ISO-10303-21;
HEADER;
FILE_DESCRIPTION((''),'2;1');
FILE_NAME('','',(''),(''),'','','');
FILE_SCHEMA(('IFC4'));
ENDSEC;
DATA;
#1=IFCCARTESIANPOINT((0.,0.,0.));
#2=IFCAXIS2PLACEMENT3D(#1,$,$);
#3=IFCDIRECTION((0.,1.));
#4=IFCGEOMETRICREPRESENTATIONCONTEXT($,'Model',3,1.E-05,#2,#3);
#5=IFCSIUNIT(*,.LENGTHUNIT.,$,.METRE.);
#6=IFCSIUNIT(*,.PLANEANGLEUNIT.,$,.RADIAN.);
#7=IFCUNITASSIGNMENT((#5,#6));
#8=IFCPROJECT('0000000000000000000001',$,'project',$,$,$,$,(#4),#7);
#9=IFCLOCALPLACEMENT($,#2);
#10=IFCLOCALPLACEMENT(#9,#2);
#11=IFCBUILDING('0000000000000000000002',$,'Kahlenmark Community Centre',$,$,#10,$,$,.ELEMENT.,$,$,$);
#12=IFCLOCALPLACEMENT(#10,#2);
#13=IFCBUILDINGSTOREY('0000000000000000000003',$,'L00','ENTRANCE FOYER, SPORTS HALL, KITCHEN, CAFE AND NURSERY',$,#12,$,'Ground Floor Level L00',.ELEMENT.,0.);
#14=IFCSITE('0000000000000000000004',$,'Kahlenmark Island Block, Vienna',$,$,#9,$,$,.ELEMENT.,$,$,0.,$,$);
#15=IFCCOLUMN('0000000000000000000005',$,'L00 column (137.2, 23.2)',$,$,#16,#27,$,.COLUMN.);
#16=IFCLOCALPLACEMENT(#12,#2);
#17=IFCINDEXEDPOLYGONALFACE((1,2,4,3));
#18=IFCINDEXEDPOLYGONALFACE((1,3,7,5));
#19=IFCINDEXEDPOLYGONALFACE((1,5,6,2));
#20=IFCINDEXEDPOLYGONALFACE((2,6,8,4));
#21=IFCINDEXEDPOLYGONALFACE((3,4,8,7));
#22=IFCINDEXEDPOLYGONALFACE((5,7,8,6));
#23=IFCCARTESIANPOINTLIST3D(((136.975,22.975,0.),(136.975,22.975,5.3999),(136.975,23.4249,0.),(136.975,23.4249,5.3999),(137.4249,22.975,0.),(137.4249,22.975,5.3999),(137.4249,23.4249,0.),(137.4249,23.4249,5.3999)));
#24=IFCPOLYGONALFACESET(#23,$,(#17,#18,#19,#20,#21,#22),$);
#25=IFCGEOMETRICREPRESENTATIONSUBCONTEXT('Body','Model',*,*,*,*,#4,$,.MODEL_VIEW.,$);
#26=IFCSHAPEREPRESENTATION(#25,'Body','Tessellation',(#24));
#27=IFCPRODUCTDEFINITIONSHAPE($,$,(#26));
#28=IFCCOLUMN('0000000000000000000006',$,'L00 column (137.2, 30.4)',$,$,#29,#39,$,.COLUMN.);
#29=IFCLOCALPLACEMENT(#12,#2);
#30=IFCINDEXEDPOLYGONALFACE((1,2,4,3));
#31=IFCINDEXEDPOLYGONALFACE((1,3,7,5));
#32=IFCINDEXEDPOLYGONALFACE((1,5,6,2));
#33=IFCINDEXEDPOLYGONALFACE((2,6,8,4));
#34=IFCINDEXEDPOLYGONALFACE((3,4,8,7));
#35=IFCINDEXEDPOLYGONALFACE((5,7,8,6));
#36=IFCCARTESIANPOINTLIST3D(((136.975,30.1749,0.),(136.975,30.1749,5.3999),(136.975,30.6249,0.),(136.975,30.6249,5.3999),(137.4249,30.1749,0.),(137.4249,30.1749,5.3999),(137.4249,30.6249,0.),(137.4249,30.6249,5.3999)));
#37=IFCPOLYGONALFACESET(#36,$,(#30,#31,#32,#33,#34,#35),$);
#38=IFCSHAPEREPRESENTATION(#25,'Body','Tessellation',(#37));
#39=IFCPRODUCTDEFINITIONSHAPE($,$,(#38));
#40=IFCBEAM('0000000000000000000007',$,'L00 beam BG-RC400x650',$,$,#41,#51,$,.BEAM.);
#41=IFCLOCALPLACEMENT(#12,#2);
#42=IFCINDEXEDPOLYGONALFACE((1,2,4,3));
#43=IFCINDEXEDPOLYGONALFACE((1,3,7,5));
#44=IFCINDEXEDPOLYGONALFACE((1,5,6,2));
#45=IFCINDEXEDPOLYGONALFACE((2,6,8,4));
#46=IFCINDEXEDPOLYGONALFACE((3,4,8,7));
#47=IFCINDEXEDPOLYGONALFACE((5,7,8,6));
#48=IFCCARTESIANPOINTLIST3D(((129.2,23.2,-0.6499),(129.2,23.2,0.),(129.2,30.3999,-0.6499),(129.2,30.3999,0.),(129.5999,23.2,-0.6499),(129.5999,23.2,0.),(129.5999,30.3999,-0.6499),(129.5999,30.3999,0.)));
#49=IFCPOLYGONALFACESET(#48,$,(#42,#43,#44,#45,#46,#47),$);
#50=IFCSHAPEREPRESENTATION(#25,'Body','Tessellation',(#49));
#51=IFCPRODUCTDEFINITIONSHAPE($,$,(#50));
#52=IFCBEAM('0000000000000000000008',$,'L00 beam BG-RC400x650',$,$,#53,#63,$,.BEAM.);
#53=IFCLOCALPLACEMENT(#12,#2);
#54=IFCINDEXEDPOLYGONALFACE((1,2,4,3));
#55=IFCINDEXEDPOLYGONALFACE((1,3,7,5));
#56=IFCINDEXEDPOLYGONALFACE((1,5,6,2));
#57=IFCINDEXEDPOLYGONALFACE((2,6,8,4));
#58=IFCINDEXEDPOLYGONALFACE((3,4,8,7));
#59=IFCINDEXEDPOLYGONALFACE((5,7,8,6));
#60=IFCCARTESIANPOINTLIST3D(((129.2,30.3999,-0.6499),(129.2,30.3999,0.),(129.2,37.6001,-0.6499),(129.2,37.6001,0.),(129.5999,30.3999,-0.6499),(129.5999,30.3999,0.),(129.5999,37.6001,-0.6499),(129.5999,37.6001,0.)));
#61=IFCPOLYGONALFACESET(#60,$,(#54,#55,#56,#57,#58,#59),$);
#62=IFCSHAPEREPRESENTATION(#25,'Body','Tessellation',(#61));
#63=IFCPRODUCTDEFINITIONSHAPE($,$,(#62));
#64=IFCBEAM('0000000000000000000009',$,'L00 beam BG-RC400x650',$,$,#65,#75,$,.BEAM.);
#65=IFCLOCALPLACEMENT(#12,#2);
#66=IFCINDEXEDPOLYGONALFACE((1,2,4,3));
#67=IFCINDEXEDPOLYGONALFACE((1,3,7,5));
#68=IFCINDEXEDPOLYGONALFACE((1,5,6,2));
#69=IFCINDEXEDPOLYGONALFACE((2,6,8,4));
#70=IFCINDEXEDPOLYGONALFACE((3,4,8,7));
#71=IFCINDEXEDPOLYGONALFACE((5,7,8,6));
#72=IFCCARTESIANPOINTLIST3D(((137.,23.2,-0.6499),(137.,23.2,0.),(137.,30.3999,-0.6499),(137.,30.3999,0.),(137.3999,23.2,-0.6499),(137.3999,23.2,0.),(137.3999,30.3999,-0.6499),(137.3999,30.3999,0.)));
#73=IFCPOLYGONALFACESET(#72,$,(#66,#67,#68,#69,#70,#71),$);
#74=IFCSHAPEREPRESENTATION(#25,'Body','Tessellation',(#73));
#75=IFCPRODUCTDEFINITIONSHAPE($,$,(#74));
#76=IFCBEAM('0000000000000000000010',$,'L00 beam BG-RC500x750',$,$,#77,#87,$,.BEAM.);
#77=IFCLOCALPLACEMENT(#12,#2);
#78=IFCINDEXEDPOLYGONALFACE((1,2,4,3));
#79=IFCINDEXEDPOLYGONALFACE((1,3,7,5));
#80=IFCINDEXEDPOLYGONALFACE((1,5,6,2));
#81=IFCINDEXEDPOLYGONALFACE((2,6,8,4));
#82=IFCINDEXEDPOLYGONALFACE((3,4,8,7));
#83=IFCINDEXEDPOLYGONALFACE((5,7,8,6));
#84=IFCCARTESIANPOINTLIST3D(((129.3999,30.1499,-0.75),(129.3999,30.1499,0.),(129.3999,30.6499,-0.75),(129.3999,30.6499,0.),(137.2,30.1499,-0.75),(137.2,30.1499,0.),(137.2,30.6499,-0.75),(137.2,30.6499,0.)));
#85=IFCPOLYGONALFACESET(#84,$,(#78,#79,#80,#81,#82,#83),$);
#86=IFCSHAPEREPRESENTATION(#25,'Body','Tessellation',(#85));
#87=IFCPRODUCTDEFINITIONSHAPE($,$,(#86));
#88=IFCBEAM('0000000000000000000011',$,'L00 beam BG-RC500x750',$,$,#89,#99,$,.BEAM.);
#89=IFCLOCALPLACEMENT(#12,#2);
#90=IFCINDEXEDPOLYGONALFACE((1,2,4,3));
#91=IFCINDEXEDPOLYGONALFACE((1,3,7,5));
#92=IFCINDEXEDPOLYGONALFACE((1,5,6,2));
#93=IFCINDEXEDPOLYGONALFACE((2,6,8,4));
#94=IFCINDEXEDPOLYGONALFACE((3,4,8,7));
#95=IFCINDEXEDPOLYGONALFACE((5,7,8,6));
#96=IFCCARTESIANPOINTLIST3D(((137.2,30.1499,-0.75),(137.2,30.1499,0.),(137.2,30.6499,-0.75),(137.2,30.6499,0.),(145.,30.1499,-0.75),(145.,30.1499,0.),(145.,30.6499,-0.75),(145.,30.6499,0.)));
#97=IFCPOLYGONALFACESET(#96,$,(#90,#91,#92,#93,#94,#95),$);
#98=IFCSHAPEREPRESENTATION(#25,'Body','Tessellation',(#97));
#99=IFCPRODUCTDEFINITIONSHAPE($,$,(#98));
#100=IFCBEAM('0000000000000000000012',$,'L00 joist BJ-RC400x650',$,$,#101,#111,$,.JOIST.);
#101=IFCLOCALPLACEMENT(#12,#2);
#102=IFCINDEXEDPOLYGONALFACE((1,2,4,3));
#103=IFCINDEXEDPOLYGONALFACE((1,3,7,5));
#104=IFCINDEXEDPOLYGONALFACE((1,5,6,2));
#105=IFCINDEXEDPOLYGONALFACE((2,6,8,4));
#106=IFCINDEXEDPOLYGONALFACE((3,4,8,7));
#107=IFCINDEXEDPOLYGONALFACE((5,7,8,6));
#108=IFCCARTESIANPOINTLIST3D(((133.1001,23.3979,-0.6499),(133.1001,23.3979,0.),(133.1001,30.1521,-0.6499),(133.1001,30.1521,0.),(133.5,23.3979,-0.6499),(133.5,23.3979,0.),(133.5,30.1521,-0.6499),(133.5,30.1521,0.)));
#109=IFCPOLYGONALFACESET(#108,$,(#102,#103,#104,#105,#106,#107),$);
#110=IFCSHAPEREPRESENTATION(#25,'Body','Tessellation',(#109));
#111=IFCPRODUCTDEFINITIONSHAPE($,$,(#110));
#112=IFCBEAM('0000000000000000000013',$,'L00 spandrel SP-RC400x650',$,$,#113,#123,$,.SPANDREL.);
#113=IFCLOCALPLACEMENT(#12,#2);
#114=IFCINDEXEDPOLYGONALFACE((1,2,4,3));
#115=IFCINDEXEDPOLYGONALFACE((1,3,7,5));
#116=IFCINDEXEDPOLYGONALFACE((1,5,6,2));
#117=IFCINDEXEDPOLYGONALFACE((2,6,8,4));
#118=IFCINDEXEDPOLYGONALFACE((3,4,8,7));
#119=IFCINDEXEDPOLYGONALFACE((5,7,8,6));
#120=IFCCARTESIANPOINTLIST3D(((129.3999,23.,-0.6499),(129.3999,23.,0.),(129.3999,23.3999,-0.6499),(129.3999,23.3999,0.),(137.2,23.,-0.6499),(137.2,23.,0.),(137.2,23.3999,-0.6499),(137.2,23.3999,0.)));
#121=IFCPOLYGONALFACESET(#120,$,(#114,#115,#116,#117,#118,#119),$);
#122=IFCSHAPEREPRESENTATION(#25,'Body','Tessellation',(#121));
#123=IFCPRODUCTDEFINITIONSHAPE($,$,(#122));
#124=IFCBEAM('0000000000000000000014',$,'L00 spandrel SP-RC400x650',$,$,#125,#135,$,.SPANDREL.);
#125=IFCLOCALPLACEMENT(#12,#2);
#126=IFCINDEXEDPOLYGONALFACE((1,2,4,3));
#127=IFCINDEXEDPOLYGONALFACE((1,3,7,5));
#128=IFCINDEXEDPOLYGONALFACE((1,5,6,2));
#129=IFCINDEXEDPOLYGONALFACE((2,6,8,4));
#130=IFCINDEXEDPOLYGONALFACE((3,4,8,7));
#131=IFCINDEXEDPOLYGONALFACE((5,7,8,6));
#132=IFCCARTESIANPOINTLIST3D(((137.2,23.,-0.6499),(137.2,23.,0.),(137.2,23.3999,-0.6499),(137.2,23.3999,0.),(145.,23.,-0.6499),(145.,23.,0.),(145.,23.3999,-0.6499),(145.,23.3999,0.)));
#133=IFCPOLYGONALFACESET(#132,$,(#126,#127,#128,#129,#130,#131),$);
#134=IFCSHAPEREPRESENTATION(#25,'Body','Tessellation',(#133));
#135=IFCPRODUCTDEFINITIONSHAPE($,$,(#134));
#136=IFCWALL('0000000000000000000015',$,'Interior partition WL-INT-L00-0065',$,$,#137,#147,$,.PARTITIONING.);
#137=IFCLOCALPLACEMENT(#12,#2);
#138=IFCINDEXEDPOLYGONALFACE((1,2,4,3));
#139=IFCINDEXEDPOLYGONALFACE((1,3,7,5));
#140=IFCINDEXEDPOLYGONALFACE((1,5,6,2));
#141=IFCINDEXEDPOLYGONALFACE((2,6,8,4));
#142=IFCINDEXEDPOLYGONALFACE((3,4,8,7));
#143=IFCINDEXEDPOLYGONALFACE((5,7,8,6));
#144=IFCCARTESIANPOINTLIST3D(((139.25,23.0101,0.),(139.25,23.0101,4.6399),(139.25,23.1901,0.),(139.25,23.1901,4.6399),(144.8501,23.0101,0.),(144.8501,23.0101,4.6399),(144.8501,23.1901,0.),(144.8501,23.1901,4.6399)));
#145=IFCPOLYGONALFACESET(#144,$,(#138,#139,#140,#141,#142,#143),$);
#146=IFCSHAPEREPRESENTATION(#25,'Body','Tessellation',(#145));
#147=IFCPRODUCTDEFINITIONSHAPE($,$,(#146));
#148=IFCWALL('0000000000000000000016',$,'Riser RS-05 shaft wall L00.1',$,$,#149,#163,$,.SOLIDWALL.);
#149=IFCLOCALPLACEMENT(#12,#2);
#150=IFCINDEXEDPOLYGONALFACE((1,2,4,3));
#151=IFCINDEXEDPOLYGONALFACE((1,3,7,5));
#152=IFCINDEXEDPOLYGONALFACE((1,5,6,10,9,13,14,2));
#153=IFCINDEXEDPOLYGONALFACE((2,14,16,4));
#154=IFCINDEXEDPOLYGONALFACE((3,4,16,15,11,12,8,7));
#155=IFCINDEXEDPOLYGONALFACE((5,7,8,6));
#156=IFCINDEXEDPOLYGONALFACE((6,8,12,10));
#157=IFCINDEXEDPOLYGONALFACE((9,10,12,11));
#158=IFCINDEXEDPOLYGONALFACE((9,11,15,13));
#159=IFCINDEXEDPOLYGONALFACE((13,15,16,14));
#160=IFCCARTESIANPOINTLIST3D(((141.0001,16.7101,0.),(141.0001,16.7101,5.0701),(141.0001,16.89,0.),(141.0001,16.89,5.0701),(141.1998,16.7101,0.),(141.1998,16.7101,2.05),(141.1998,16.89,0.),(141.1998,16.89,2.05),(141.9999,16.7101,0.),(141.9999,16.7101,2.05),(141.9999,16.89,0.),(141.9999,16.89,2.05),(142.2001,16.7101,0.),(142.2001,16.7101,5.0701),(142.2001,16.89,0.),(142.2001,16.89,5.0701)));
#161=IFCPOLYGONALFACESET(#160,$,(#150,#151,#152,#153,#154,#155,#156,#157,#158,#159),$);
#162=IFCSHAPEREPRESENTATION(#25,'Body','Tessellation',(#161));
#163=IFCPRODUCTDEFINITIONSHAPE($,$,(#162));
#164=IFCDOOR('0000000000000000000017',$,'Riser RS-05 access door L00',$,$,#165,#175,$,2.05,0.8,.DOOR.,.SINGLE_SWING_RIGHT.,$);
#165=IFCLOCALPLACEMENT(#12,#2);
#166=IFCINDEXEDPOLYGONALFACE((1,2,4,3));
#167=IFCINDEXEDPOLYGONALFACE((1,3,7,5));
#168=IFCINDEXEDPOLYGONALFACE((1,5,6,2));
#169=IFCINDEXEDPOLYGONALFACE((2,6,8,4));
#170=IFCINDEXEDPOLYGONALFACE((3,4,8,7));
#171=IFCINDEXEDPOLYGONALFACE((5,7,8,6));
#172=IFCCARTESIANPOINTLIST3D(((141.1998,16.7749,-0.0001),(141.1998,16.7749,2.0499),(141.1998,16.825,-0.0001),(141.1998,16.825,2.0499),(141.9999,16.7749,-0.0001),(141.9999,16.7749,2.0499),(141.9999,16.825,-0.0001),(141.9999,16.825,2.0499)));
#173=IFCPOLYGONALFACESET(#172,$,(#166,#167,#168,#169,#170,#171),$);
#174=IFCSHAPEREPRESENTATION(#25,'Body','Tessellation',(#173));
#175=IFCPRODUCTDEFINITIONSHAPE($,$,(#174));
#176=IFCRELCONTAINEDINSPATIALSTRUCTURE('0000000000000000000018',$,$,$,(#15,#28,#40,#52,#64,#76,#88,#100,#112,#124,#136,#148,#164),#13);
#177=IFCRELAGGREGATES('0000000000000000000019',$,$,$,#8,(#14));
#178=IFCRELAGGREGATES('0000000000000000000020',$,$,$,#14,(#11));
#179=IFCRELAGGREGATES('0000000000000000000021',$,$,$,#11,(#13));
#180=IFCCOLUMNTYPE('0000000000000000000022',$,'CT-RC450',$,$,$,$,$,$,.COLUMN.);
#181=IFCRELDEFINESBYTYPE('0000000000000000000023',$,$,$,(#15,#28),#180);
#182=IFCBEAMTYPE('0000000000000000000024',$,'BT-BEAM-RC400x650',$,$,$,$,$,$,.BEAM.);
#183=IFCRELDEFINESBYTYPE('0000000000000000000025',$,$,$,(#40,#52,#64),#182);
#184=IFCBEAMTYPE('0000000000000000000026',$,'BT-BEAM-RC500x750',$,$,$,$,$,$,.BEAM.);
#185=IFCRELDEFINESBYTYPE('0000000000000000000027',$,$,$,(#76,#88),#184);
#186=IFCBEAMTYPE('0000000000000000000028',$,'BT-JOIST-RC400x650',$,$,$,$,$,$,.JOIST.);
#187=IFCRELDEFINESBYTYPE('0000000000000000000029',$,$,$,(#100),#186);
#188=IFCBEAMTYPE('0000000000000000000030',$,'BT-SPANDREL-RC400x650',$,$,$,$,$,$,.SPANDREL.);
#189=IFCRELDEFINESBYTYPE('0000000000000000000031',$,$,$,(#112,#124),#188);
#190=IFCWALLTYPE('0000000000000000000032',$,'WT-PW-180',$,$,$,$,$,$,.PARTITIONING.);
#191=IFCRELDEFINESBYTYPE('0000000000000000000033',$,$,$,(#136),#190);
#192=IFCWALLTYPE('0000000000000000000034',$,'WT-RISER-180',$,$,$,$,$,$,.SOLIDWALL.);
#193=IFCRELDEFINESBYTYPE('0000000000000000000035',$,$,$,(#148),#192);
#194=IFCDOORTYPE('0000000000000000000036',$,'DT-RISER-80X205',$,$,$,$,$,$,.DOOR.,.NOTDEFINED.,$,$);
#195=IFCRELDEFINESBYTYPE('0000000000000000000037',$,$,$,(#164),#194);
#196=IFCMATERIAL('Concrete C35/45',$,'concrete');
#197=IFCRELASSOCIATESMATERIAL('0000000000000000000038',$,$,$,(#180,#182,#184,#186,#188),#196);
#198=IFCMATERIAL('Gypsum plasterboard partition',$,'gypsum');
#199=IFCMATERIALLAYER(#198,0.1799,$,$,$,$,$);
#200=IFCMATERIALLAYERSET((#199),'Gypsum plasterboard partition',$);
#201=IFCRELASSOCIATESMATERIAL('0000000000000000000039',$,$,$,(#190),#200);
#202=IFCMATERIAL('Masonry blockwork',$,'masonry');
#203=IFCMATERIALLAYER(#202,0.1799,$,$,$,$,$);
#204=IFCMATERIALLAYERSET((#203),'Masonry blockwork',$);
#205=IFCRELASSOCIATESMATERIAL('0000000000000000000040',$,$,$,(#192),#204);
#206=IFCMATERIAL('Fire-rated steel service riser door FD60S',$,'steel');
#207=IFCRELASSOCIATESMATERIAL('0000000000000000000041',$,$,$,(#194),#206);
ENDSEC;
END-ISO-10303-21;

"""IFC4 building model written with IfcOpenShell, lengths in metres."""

from ifc_helpers import new_model, si_unit, direction, frame, frame_2d, origin, origin_2d, place, context, subcontext, project, spatial, rectangle, extrude, material, layer, layer_set, material_profile, profile_set, type_object, element, fill, save


model = new_model("IFC4")

# Units and contexts
model_context = context("Model", 3, precision=1e-05, world=origin(), true_north=direction((0.0, 1.0)))
body_context = subcontext(model_context, "Body", "Model", "MODEL_VIEW")
ifc_project = project(units=[si_unit("LENGTHUNIT", "METRE"), si_unit("PLANEANGLEUNIT", "RADIAN")], contexts=[model_context])

# Site, building, storey
site_placement = place(None, origin())
site = spatial("IfcSite", under=ifc_project, at=site_placement, Name="Kahlenmark Island Block, Vienna", CompositionType="ELEMENT", RefElevation=0.0)
building_placement = place(site_placement, origin())
building = spatial("IfcBuilding", under=site, at=building_placement, Name="Kahlenmark Community Centre", CompositionType="ELEMENT")
storey_placement = place(building_placement, origin())
storey = spatial("IfcBuildingStorey", under=building, at=storey_placement, Name="L00", Description="ENTRANCE FOYER, SPORTS HALL, KITCHEN, CAFE AND NURSERY", LongName="Ground Floor Level L00", CompositionType="ELEMENT", Elevation=0.0)

# Columns
ifc_material_1 = material(Name="Concrete C35/45", Category="concrete")
ifc_material_profile_1 = material_profile(ifc_material_1, rectangle(XDim=0.45, YDim=0.45, at=origin_2d()), Name="RC 450x450")
ifc_profile_set_1 = profile_set([ifc_material_profile_1], Name="Concrete C35/45")
column_type = type_object("IfcColumnType", Name="CT-RC450", PredefinedType="COLUMN", material=ifc_profile_set_1)
for number, where, z_axis, x_axis, name in (
    (1, (137.2, 23.2, 0.0), (0.0, 0.0, 1.0), (1.0, 0.0, 0.0), "L00 column (137.2, 23.2)"),
    (2, (137.2, 30.3999, 0.0), (0.0, 0.0, 1.0), (1.0, 0.0, 0.0), "L00 column (137.2, 30.4)"),
):
    element("IfcColumn", number, at=place(storey_placement, frame(where, z_axis=z_axis, x_axis=x_axis)), inside=storey, type_object=column_type, Name=name, PredefinedType="COLUMN", context=body_context, shape_type="SweptSolid", body=[
        extrude(rectangle(XDim=0.45, YDim=0.45, at=origin_2d()), origin(), (0.0, 0.0, 1.0), 5.3999),
    ])

# Beams
ifc_material_profile_2 = material_profile(ifc_material_1, rectangle(XDim=0.3999, YDim=0.6499, at=origin_2d()), Name="RC 400x650")
ifc_profile_set_2 = profile_set([ifc_material_profile_2], Name="Concrete C35/45")
beam_type_1 = type_object("IfcBeamType", Name="BT-BEAM-RC400x650", PredefinedType="BEAM", material=ifc_profile_set_2)
beam_1_placement = place(storey_placement, frame((129.3999, 23.2, -0.325), z_axis=(0.0, 1.0, 0.0), x_axis=(-1.0, 0.0, 0.0)))
element("IfcBeam", 3, at=beam_1_placement, inside=storey, type_object=beam_type_1, Name="L00 beam BG-RC400x650", PredefinedType="BEAM", context=body_context, shape_type="SweptSolid", body=[
    extrude(rectangle(XDim=0.3999, YDim=0.6499, at=origin_2d()), origin(), (0.0, 0.0, 1.0), 7.2),
])
beam_2_placement = place(storey_placement, frame((129.3999, 30.3999, -0.325), z_axis=(0.0, 1.0, 0.0), x_axis=(-1.0, 0.0, 0.0)))
element("IfcBeam", 4, at=beam_2_placement, inside=storey, type_object=beam_type_1, Name="L00 beam BG-RC400x650", PredefinedType="BEAM", context=body_context, shape_type="SweptSolid", body=[
    extrude(rectangle(XDim=0.3999, YDim=0.6499, at=origin_2d()), origin(), (0.0, 0.0, 1.0), 7.2002),
])
beam_3_placement = place(storey_placement, frame((137.2, 23.2, -0.325), z_axis=(0.0, 1.0, 0.0), x_axis=(-1.0, 0.0, 0.0)))
element("IfcBeam", 5, at=beam_3_placement, inside=storey, type_object=beam_type_1, Name="L00 beam BG-RC400x650", PredefinedType="BEAM", context=body_context, shape_type="SweptSolid", body=[
    extrude(rectangle(XDim=0.3999, YDim=0.6499, at=origin_2d()), origin(), (0.0, 0.0, 1.0), 7.2),
])
ifc_material_profile_3 = material_profile(ifc_material_1, rectangle(XDim=0.5, YDim=0.75, at=origin_2d()), Name="RC 500x750")
ifc_profile_set_3 = profile_set([ifc_material_profile_3], Name="Concrete C35/45")
beam_type_2 = type_object("IfcBeamType", Name="BT-BEAM-RC500x750", PredefinedType="BEAM", material=ifc_profile_set_3)
for number, where, z_axis, x_axis, name in (
    (6, (129.3999, 30.3999, -0.375), (1.0, 0.0, 0.0), (0.0, 1.0, 0.0), "L00 beam BG-RC500x750"),
    (7, (137.2, 30.3999, -0.375), (1.0, 0.0, 0.0), (0.0, 1.0, 0.0), "L00 beam BG-RC500x750"),
):
    element("IfcBeam", number, at=place(storey_placement, frame(where, z_axis=z_axis, x_axis=x_axis)), inside=storey, type_object=beam_type_2, Name=name, PredefinedType="BEAM", context=body_context, shape_type="SweptSolid", body=[
        extrude(rectangle(XDim=0.5, YDim=0.75, at=origin_2d()), origin(), (0.0, 0.0, 1.0), 7.8),
    ])
ifc_material_profile_4 = material_profile(ifc_material_1, rectangle(XDim=0.3999, YDim=0.6499, at=origin_2d()), Name="RC 400x650")
ifc_profile_set_4 = profile_set([ifc_material_profile_4], Name="Concrete C35/45")
beam_type_3 = type_object("IfcBeamType", Name="BT-JOIST-RC400x650", PredefinedType="JOIST", material=ifc_profile_set_4)
beam_4_placement = place(storey_placement, frame((133.3, 23.3979, -0.325), z_axis=(0.0, 1.0, 0.0), x_axis=(-1.0, 0.0, 0.0)))
element("IfcBeam", 8, at=beam_4_placement, inside=storey, type_object=beam_type_3, Name="L00 joist BJ-RC400x650", PredefinedType="JOIST", context=body_context, shape_type="SweptSolid", body=[
    extrude(rectangle(XDim=0.3999, YDim=0.6499, at=origin_2d()), origin(), (0.0, 0.0, 1.0), 6.7542),
])
ifc_material_profile_5 = material_profile(ifc_material_1, rectangle(XDim=0.3999, YDim=0.6499, at=origin_2d()), Name="RC 400x650")
ifc_profile_set_5 = profile_set([ifc_material_profile_5], Name="Concrete C35/45")
beam_type_4 = type_object("IfcBeamType", Name="BT-SPANDREL-RC400x650", PredefinedType="SPANDREL", material=ifc_profile_set_5)
for number, where, z_axis, x_axis, name in (
    (9, (129.3999, 23.2, -0.325), (1.0, 0.0, 0.0), (0.0, 1.0, 0.0), "L00 spandrel SP-RC400x650"),
    (10, (137.2, 23.2, -0.325), (1.0, 0.0, 0.0), (0.0, 1.0, 0.0), "L00 spandrel SP-RC400x650"),
):
    element("IfcBeam", number, at=place(storey_placement, frame(where, z_axis=z_axis, x_axis=x_axis)), inside=storey, type_object=beam_type_4, Name=name, PredefinedType="SPANDREL", context=body_context, shape_type="SweptSolid", body=[
        extrude(rectangle(XDim=0.3999, YDim=0.6499, at=origin_2d()), origin(), (0.0, 0.0, 1.0), 7.8),
    ])

# Shared definitions
ifc_material_2 = material(Name="Gypsum plasterboard partition", Category="gypsum")
ifc_layer_1 = layer(ifc_material_2, 0.1799)
ifc_layer_set_1 = layer_set([ifc_layer_1], Name="Gypsum plasterboard partition")
wall_type_1 = type_object("IfcWallType", Name="WT-PW-180", PredefinedType="PARTITIONING", material=ifc_layer_set_1)

# Wall
wall_1_placement = place(storey_placement, frame((139.25, 23.1001, 0.0), z_axis=(0.0, 0.0, 1.0), x_axis=(1.0, 0.0, 0.0)))
element("IfcWall", 11, at=wall_1_placement, inside=storey, type_object=wall_type_1, Name="Interior partition WL-INT-L00-0065", PredefinedType="PARTITIONING", context=body_context, shape_type="SweptSolid", body=[
    extrude(rectangle(XDim=5.6001, YDim=0.1799, at=frame_2d((2.8, 0.0))), origin(), (0.0, 0.0, 1.0), 4.6399),
])

# Wall, opening, door
ifc_material_3 = material(Name="Masonry blockwork", Category="masonry")
ifc_layer_2 = layer(ifc_material_3, 0.1799)
ifc_layer_set_2 = layer_set([ifc_layer_2], Name="Masonry blockwork")
wall_type_2 = type_object("IfcWallType", Name="WT-RISER-180", PredefinedType="SOLIDWALL", material=ifc_layer_set_2)
wall_2_placement = place(storey_placement, frame((141.0, 16.8, 0.0), z_axis=(0.0, 0.0, 1.0), x_axis=(1.0, 0.0, 0.0)))
wall_2 = element("IfcWall", 12, at=wall_2_placement, inside=storey, type_object=wall_type_2, Name="Riser RS-05 shaft wall L00.1", PredefinedType="SOLIDWALL", context=body_context, shape_type="SweptSolid", body=[
    extrude(rectangle(XDim=1.2, YDim=0.1799, at=frame_2d((0.6001, 0.0))), origin(), (0.0, 0.0, 1.0), 5.0701),
])
opening_1_placement = place(wall_2_placement, frame((0.2, 0.0, -0.01)))
opening_1 = element("IfcOpeningElement", 13, at=opening_1_placement, cuts=wall_2, PredefinedType="OPENING", context=body_context, shape_type="SweptSolid", body=[
    extrude(rectangle(XDim=0.8, YDim=2.0601, at=frame_2d((0.3999, 1.03))), frame((0.0, 0.0999, 0.0), z_axis=(0.0, -1.0, 0.0), x_axis=(1.0, 0.0, 0.0)), (0.0, 0.0, 1.0), 0.2),
])
ifc_material_4 = material(Name="Fire-rated steel service riser door FD60S", Category="steel")
door_type_1 = type_object("IfcDoorType", Name="DT-RISER-80X205", OperationType="NOTDEFINED", PredefinedType="DOOR", material=ifc_material_4)
door_1_placement = place(opening_1_placement, frame((0.0, 0.0, 0.01)))
door_1 = element("IfcDoor", 14, at=door_1_placement, inside=storey, type_object=door_type_1, Name="Riser RS-05 access door L00", OperationType="SINGLE_SWING_RIGHT", OverallHeight=2.05, OverallWidth=0.8, PredefinedType="DOOR", context=body_context, shape_type="SweptSolid", body=[
    extrude(rectangle(XDim=0.8, YDim=2.05, at=frame_2d((0.3999, 1.0249))), frame((0.0, 0.0249, 0.0), z_axis=(0.0, -1.0, 0.0), x_axis=(1.0, 0.0, 0.0)), (0.0, 0.0, 1.0), 0.05),
])
fill(opening_1, door_1)

save(model, "model.ifc")
